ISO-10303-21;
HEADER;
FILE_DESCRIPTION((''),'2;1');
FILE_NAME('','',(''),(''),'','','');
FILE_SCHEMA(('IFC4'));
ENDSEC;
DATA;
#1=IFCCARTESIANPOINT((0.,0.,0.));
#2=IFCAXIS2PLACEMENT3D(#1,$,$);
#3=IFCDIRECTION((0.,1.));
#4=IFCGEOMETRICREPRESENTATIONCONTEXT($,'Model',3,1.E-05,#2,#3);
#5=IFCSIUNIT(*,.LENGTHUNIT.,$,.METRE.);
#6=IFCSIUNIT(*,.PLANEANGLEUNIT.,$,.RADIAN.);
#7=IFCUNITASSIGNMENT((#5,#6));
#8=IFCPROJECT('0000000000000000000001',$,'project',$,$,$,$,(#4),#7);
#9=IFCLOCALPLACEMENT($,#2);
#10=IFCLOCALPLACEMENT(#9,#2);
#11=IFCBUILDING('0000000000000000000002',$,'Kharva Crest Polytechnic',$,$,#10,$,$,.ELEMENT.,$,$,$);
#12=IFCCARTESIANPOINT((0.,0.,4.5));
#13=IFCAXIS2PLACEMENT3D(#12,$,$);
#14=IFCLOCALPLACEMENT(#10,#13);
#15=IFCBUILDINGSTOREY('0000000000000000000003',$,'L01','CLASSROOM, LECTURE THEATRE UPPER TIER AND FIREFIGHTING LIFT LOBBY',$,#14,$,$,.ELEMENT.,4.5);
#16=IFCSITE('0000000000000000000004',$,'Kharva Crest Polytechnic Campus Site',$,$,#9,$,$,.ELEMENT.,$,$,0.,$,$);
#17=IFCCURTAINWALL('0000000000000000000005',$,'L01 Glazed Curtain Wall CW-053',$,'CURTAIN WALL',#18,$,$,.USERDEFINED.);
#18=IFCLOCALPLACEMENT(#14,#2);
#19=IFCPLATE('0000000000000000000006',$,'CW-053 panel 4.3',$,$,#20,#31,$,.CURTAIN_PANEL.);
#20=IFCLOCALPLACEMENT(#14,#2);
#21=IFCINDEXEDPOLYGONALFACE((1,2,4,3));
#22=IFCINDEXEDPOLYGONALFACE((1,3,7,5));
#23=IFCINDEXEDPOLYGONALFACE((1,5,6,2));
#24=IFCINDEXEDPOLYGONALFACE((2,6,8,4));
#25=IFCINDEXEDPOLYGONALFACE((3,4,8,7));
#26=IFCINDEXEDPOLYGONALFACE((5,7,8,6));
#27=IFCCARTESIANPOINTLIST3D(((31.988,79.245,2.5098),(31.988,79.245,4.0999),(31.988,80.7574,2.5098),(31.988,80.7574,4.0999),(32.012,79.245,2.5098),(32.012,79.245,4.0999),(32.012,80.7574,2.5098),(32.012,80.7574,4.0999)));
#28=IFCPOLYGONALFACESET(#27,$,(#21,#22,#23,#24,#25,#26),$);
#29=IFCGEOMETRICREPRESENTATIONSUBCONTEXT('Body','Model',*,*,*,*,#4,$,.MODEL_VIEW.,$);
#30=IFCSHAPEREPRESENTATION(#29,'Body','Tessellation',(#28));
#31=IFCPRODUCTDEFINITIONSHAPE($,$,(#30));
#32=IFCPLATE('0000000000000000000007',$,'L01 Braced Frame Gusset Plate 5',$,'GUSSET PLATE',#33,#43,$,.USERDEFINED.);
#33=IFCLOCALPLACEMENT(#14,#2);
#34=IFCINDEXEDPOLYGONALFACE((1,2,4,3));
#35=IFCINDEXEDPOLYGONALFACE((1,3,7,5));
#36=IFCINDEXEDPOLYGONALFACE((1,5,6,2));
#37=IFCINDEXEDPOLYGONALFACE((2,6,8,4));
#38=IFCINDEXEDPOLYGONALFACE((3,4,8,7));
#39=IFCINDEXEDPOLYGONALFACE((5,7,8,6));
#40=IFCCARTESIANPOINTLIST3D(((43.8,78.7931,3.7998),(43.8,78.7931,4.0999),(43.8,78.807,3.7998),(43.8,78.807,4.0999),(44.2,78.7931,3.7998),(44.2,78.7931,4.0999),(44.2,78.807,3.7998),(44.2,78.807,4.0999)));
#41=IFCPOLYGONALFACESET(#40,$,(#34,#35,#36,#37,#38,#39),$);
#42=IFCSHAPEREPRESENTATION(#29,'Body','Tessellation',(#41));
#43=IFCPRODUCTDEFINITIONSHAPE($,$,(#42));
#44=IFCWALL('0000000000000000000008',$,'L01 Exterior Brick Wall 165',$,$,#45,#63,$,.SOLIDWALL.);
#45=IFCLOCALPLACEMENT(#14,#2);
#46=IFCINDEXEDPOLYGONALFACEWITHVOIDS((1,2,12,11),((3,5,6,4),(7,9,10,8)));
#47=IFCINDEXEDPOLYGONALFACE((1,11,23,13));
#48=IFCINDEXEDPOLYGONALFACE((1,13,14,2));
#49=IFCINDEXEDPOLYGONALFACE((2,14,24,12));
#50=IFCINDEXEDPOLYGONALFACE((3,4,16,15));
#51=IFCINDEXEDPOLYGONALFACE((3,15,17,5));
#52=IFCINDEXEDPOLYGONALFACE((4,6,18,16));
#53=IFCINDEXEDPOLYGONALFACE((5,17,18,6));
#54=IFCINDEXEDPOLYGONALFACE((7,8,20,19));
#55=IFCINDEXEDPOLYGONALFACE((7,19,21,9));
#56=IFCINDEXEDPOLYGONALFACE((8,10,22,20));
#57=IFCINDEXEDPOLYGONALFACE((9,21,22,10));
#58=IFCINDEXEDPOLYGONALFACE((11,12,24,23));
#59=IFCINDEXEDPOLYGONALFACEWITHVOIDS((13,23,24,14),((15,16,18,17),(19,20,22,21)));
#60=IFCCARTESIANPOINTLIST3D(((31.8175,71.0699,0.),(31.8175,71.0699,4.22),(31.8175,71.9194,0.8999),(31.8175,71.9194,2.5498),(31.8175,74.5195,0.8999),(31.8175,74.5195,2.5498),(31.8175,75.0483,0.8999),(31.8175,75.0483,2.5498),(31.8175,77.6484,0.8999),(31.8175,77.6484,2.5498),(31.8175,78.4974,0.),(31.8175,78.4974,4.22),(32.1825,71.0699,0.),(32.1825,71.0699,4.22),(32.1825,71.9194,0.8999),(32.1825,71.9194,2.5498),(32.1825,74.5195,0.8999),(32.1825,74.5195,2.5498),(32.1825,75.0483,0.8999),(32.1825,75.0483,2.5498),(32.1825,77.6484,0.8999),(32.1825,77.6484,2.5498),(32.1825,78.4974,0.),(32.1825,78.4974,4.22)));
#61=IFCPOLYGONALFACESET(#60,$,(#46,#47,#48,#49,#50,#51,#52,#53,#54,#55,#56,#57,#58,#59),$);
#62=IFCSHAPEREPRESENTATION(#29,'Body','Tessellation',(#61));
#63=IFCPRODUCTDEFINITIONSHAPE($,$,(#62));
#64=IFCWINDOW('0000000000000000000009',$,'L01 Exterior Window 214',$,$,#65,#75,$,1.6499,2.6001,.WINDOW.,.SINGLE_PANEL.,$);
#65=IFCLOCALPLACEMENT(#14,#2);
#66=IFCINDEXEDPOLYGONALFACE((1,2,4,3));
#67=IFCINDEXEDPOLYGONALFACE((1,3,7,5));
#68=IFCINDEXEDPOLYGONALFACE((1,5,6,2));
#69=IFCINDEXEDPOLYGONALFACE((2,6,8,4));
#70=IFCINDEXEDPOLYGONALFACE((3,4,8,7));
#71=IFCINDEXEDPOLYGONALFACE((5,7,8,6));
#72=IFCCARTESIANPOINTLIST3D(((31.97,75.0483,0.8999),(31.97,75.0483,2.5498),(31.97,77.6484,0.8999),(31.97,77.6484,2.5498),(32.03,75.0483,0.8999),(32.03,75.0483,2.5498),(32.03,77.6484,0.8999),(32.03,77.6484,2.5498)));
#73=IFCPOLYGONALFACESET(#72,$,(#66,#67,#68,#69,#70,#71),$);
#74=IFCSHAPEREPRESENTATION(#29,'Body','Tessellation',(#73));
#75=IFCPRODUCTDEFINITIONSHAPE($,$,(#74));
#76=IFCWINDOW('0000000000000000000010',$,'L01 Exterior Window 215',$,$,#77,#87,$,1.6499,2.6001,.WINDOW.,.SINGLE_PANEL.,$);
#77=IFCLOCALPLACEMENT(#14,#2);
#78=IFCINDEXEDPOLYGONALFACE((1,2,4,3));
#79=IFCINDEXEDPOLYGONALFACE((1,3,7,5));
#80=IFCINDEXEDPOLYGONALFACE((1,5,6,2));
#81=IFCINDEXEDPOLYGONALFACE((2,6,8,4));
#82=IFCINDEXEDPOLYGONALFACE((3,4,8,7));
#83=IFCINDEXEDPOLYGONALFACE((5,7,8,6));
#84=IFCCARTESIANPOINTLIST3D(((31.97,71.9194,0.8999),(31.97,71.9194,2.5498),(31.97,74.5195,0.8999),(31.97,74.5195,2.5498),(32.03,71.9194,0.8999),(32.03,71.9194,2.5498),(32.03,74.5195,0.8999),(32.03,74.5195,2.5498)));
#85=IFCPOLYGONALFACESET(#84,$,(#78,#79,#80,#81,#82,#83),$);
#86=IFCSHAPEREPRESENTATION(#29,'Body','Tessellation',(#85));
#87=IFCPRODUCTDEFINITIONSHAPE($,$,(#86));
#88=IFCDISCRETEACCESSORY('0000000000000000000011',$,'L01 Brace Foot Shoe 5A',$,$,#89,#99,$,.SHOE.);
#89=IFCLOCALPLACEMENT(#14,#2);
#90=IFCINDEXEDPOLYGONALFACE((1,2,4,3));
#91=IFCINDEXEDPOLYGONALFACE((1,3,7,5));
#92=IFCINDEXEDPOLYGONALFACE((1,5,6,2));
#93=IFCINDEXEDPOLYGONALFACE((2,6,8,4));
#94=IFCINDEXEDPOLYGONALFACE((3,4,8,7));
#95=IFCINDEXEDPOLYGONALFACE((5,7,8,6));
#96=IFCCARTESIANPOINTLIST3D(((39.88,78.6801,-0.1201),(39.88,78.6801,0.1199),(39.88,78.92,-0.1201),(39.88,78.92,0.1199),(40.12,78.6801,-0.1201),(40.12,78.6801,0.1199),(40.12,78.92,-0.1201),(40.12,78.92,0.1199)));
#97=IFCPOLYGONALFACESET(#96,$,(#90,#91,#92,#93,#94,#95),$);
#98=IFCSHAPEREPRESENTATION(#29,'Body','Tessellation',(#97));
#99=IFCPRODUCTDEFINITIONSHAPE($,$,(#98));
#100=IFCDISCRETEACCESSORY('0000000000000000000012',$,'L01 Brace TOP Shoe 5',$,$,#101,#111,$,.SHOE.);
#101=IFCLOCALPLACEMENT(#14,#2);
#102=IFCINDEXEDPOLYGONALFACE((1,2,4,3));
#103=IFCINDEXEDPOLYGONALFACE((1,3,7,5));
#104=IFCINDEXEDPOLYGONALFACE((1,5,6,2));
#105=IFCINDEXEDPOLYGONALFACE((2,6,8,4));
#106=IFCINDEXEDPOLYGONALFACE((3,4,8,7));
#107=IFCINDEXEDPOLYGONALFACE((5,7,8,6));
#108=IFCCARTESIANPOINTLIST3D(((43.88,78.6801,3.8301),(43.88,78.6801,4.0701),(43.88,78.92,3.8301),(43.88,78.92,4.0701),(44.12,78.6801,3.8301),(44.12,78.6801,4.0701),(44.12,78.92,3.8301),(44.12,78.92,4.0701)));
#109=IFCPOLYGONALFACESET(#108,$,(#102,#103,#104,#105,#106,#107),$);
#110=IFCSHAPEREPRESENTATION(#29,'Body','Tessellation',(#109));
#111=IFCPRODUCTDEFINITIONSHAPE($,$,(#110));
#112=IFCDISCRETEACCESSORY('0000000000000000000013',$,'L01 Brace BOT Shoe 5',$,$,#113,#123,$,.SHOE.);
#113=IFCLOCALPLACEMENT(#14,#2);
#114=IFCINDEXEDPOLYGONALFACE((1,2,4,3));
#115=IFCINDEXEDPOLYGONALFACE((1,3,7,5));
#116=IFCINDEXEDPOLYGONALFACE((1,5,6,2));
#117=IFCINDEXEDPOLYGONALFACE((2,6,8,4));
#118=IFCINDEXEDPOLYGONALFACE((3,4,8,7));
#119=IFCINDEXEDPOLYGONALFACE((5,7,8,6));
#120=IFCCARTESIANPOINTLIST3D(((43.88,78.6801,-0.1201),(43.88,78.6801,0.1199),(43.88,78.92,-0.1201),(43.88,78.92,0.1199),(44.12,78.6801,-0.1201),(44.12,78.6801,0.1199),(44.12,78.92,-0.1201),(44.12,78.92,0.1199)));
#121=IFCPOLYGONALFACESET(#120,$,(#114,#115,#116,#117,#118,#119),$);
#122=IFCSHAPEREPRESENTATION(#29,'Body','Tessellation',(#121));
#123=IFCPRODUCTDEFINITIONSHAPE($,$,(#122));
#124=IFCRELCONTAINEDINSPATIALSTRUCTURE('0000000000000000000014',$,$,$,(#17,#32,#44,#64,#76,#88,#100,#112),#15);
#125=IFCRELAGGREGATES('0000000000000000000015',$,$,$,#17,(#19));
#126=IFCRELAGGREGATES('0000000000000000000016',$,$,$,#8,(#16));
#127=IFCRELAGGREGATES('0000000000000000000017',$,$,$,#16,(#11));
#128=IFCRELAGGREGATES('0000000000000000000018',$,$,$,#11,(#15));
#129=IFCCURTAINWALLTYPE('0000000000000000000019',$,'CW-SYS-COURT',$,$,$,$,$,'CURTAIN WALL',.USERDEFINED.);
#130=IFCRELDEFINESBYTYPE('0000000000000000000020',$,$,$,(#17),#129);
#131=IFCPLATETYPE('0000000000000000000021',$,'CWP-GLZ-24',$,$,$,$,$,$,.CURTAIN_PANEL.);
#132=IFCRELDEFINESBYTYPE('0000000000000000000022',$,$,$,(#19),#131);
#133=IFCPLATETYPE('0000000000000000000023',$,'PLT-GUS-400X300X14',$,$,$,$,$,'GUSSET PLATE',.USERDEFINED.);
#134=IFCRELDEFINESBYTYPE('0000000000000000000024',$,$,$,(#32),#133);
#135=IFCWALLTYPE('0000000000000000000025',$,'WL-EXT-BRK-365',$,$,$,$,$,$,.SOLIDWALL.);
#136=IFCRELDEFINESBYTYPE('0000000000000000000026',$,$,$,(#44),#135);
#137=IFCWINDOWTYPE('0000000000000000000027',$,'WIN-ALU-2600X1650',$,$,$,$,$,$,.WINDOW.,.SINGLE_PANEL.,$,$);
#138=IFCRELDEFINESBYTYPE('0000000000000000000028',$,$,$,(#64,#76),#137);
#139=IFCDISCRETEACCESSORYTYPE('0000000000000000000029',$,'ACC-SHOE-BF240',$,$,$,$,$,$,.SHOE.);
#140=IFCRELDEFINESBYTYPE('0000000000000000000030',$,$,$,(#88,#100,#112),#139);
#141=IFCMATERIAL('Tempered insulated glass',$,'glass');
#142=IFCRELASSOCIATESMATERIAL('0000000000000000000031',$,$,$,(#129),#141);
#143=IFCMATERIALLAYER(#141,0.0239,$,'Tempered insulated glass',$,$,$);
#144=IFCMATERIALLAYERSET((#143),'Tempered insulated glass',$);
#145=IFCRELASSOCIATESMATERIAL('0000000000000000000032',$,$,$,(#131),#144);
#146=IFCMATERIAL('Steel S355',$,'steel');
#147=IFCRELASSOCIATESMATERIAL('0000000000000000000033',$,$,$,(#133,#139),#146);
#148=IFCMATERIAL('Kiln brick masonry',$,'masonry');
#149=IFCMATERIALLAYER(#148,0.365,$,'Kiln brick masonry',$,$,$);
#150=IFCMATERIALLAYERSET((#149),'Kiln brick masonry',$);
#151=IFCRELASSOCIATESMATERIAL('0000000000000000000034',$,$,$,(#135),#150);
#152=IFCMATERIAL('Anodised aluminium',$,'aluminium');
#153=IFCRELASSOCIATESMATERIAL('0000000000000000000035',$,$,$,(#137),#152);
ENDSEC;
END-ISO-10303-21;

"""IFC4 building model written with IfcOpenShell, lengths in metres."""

from ifc_helpers import new_model, si_unit, direction, frame, frame_2d, origin, origin_2d, place, context, subcontext, project, spatial, rectangle, extrude, material, layer, layer_set, type_object, element, fill, aggregate, save


model = new_model("IFC4")

# Units and contexts
model_context = context("Model", 3, precision=1e-05, world=origin(), true_north=direction((0.0, 1.0)))
body_context = subcontext(model_context, "Body", "Model", "MODEL_VIEW")
ifc_project = project(units=[si_unit("LENGTHUNIT", "METRE"), si_unit("PLANEANGLEUNIT", "RADIAN")], contexts=[model_context])

# Site, building, storey
site_placement = place(None, origin())
site = spatial("IfcSite", under=ifc_project, at=site_placement, Name="Kharva Crest Polytechnic Campus Site", CompositionType="ELEMENT", RefElevation=0.0)
building_placement = place(site_placement, origin())
building = spatial("IfcBuilding", under=site, at=building_placement, Name="Kharva Crest Polytechnic", CompositionType="ELEMENT")
storey_placement = place(building_placement, frame((0.0, 0.0, 4.5)))
storey = spatial("IfcBuildingStorey", under=building, at=storey_placement, Name="L01", Description="CLASSROOM, LECTURE THEATRE UPPER TIER AND FIREFIGHTING LIFT LOBBY", CompositionType="ELEMENT", Elevation=4.5)

# Shared definitions
ifc_material_1 = material(Name="Steel S355", Category="steel")

# Curtain wall
ifc_material_2 = material(Name="Tempered insulated glass", Category="glass")
curtain_wall_type = type_object("IfcCurtainWallType", Name="CW-SYS-COURT", ElementType="CURTAIN WALL", PredefinedType="USERDEFINED", material=ifc_material_2)
curtain_wall_placement = place(storey_placement, origin())
curtain_wall = element("IfcCurtainWall", 1, at=curtain_wall_placement, inside=storey, type_object=curtain_wall_type, Name="L01 Glazed Curtain Wall CW-053", ObjectType="CURTAIN WALL", PredefinedType="USERDEFINED")

# Plates
ifc_layer_1 = layer(ifc_material_2, 0.0239, Name="Tempered insulated glass")
ifc_layer_set_1 = layer_set([ifc_layer_1], Name="Tempered insulated glass")
plate_type_1 = type_object("IfcPlateType", Name="CWP-GLZ-24", PredefinedType="CURTAIN_PANEL", material=ifc_layer_set_1)
plate_1_placement = place(storey_placement, frame((32.0, 80.0012, 2.5098), z_axis=(0.0, 0.0, 1.0), x_axis=(0.0, -1.0, 0.0)))
plate_1 = element("IfcPlate", 2, at=plate_1_placement, type_object=plate_type_1, Name="CW-053 panel 4.3", PredefinedType="CURTAIN_PANEL", context=body_context, shape_type="SweptSolid", body=[
    extrude(rectangle(XDim=1.5125, YDim=0.0239, at=origin_2d()), origin(), (0.0, 0.0, 1.0), 1.5901),
])
aggregate(curtain_wall, [plate_1])
plate_type_2 = type_object("IfcPlateType", Name="PLT-GUS-400X300X14", ElementType="GUSSET PLATE", PredefinedType="USERDEFINED", material=ifc_material_1)
plate_2_placement = place(storey_placement, frame((44.0, 78.8, 3.7998), z_axis=(0.0, 0.0, 1.0), x_axis=(1.0, 0.0, 0.0)))
element("IfcPlate", 3, at=plate_2_placement, inside=storey, type_object=plate_type_2, Name="L01 Braced Frame Gusset Plate 5", ObjectType="GUSSET PLATE", PredefinedType="USERDEFINED", context=body_context, shape_type="SweptSolid", body=[
    extrude(rectangle(XDim=0.3999, YDim=0.0139, at=origin_2d()), origin(), (0.0, 0.0, 1.0), 0.3),
])

# Wall, openings, windows
ifc_material_3 = material(Name="Kiln brick masonry", Category="masonry")
ifc_layer_2 = layer(ifc_material_3, 0.365, Name="Kiln brick masonry")
ifc_layer_set_2 = layer_set([ifc_layer_2], Name="Kiln brick masonry")
wall_type = type_object("IfcWallType", Name="WL-EXT-BRK-365", PredefinedType="SOLIDWALL", material=ifc_layer_set_2)
wall_placement = place(storey_placement, frame((32.0, 78.4976, 0.0), z_axis=(0.0, 0.0, 1.0), x_axis=(0.0, -1.0, 0.0)))
wall = element("IfcWall", 4, at=wall_placement, inside=storey, type_object=wall_type, Name="L01 Exterior Brick Wall 165", PredefinedType="SOLIDWALL", context=body_context, shape_type="SweptSolid", body=[
    extrude(rectangle(XDim=7.4275, YDim=0.365, at=frame_2d((3.7139, 0.0))), origin(), (0.0, 0.0, 1.0), 4.22),
])
opening_1_placement = place(wall_placement, frame((0.8491, 0.0, 0.8999)))
opening_1 = element("IfcOpeningElement", 5, at=opening_1_placement, cuts=wall, PredefinedType="OPENING", context=body_context, shape_type="SweptSolid", body=[
    extrude(rectangle(XDim=2.6001, YDim=1.6499, at=frame_2d((1.3, 0.825))), frame((0.0, 0.1924, 0.0), z_axis=(0.0, -1.0, 0.0), x_axis=(1.0, 0.0, 0.0)), (0.0, 0.0, 1.0), 0.385),
])
opening_2_placement = place(wall_placement, frame((3.978, 0.0, 0.8999)))
opening_2 = element("IfcOpeningElement", 6, at=opening_2_placement, cuts=wall, PredefinedType="OPENING", context=body_context, shape_type="SweptSolid", body=[
    extrude(rectangle(XDim=2.6001, YDim=1.6499, at=frame_2d((1.3, 0.825))), frame((0.0, 0.1924, 0.0), z_axis=(0.0, -1.0, 0.0), x_axis=(1.0, 0.0, 0.0)), (0.0, 0.0, 1.0), 0.385),
])
ifc_material_4 = material(Name="Anodised aluminium", Category="aluminium")
window_type = type_object("IfcWindowType", Name="WIN-ALU-2600X1650", PartitioningType="SINGLE_PANEL", PredefinedType="WINDOW", material=ifc_material_4)
window_1_placement = place(opening_1_placement, origin())
window_1 = element("IfcWindow", 7, at=window_1_placement, inside=storey, type_object=window_type, Name="L01 Exterior Window 214", OverallHeight=1.6499, OverallWidth=2.6001, PartitioningType="SINGLE_PANEL", PredefinedType="WINDOW", context=body_context, shape_type="SweptSolid", body=[
    extrude(rectangle(XDim=2.6001, YDim=1.6499, at=frame_2d((1.3, 0.825))), frame((0.0, 0.03, 0.0), z_axis=(0.0, -1.0, 0.0), x_axis=(1.0, 0.0, 0.0)), (0.0, 0.0, 1.0), 0.0601),
])
fill(opening_1, window_1)
window_2_placement = place(opening_2_placement, origin())
window_2 = element("IfcWindow", 8, at=window_2_placement, inside=storey, type_object=window_type, Name="L01 Exterior Window 215", OverallHeight=1.6499, OverallWidth=2.6001, PartitioningType="SINGLE_PANEL", PredefinedType="WINDOW", context=body_context, shape_type="SweptSolid", body=[
    extrude(rectangle(XDim=2.6001, YDim=1.6499, at=frame_2d((1.3, 0.825))), frame((0.0, 0.03, 0.0), z_axis=(0.0, -1.0, 0.0), x_axis=(1.0, 0.0, 0.0)), (0.0, 0.0, 1.0), 0.0601),
])
fill(opening_2, window_2)

# Discrete accessories
discrete_accessory_type = type_object("IfcDiscreteAccessoryType", Name="ACC-SHOE-BF240", PredefinedType="SHOE", material=ifc_material_1)
for number, where, z_axis, x_axis, name in (
    (9, (40.0, 78.8, -0.1201), (0.0, 0.0, 1.0), (1.0, 0.0, 0.0), "L01 Brace Foot Shoe 5A"),
    (10, (44.0, 78.8, 3.8301), (0.0, 0.0, 1.0), (1.0, 0.0, 0.0), "L01 Brace TOP Shoe 5"),
    (11, (44.0, 78.8, -0.1201), (0.0, 0.0, 1.0), (1.0, 0.0, 0.0), "L01 Brace BOT Shoe 5"),
):
    element("IfcDiscreteAccessory", number, at=place(storey_placement, frame(where, z_axis=z_axis, x_axis=x_axis)), inside=storey, type_object=discrete_accessory_type, Name=name, PredefinedType="SHOE", context=body_context, shape_type="SweptSolid", body=[
        extrude(rectangle(XDim=0.24, YDim=0.24, at=origin_2d()), origin(), (0.0, 0.0, 1.0), 0.24),
    ])

save(model, "model.ifc")
